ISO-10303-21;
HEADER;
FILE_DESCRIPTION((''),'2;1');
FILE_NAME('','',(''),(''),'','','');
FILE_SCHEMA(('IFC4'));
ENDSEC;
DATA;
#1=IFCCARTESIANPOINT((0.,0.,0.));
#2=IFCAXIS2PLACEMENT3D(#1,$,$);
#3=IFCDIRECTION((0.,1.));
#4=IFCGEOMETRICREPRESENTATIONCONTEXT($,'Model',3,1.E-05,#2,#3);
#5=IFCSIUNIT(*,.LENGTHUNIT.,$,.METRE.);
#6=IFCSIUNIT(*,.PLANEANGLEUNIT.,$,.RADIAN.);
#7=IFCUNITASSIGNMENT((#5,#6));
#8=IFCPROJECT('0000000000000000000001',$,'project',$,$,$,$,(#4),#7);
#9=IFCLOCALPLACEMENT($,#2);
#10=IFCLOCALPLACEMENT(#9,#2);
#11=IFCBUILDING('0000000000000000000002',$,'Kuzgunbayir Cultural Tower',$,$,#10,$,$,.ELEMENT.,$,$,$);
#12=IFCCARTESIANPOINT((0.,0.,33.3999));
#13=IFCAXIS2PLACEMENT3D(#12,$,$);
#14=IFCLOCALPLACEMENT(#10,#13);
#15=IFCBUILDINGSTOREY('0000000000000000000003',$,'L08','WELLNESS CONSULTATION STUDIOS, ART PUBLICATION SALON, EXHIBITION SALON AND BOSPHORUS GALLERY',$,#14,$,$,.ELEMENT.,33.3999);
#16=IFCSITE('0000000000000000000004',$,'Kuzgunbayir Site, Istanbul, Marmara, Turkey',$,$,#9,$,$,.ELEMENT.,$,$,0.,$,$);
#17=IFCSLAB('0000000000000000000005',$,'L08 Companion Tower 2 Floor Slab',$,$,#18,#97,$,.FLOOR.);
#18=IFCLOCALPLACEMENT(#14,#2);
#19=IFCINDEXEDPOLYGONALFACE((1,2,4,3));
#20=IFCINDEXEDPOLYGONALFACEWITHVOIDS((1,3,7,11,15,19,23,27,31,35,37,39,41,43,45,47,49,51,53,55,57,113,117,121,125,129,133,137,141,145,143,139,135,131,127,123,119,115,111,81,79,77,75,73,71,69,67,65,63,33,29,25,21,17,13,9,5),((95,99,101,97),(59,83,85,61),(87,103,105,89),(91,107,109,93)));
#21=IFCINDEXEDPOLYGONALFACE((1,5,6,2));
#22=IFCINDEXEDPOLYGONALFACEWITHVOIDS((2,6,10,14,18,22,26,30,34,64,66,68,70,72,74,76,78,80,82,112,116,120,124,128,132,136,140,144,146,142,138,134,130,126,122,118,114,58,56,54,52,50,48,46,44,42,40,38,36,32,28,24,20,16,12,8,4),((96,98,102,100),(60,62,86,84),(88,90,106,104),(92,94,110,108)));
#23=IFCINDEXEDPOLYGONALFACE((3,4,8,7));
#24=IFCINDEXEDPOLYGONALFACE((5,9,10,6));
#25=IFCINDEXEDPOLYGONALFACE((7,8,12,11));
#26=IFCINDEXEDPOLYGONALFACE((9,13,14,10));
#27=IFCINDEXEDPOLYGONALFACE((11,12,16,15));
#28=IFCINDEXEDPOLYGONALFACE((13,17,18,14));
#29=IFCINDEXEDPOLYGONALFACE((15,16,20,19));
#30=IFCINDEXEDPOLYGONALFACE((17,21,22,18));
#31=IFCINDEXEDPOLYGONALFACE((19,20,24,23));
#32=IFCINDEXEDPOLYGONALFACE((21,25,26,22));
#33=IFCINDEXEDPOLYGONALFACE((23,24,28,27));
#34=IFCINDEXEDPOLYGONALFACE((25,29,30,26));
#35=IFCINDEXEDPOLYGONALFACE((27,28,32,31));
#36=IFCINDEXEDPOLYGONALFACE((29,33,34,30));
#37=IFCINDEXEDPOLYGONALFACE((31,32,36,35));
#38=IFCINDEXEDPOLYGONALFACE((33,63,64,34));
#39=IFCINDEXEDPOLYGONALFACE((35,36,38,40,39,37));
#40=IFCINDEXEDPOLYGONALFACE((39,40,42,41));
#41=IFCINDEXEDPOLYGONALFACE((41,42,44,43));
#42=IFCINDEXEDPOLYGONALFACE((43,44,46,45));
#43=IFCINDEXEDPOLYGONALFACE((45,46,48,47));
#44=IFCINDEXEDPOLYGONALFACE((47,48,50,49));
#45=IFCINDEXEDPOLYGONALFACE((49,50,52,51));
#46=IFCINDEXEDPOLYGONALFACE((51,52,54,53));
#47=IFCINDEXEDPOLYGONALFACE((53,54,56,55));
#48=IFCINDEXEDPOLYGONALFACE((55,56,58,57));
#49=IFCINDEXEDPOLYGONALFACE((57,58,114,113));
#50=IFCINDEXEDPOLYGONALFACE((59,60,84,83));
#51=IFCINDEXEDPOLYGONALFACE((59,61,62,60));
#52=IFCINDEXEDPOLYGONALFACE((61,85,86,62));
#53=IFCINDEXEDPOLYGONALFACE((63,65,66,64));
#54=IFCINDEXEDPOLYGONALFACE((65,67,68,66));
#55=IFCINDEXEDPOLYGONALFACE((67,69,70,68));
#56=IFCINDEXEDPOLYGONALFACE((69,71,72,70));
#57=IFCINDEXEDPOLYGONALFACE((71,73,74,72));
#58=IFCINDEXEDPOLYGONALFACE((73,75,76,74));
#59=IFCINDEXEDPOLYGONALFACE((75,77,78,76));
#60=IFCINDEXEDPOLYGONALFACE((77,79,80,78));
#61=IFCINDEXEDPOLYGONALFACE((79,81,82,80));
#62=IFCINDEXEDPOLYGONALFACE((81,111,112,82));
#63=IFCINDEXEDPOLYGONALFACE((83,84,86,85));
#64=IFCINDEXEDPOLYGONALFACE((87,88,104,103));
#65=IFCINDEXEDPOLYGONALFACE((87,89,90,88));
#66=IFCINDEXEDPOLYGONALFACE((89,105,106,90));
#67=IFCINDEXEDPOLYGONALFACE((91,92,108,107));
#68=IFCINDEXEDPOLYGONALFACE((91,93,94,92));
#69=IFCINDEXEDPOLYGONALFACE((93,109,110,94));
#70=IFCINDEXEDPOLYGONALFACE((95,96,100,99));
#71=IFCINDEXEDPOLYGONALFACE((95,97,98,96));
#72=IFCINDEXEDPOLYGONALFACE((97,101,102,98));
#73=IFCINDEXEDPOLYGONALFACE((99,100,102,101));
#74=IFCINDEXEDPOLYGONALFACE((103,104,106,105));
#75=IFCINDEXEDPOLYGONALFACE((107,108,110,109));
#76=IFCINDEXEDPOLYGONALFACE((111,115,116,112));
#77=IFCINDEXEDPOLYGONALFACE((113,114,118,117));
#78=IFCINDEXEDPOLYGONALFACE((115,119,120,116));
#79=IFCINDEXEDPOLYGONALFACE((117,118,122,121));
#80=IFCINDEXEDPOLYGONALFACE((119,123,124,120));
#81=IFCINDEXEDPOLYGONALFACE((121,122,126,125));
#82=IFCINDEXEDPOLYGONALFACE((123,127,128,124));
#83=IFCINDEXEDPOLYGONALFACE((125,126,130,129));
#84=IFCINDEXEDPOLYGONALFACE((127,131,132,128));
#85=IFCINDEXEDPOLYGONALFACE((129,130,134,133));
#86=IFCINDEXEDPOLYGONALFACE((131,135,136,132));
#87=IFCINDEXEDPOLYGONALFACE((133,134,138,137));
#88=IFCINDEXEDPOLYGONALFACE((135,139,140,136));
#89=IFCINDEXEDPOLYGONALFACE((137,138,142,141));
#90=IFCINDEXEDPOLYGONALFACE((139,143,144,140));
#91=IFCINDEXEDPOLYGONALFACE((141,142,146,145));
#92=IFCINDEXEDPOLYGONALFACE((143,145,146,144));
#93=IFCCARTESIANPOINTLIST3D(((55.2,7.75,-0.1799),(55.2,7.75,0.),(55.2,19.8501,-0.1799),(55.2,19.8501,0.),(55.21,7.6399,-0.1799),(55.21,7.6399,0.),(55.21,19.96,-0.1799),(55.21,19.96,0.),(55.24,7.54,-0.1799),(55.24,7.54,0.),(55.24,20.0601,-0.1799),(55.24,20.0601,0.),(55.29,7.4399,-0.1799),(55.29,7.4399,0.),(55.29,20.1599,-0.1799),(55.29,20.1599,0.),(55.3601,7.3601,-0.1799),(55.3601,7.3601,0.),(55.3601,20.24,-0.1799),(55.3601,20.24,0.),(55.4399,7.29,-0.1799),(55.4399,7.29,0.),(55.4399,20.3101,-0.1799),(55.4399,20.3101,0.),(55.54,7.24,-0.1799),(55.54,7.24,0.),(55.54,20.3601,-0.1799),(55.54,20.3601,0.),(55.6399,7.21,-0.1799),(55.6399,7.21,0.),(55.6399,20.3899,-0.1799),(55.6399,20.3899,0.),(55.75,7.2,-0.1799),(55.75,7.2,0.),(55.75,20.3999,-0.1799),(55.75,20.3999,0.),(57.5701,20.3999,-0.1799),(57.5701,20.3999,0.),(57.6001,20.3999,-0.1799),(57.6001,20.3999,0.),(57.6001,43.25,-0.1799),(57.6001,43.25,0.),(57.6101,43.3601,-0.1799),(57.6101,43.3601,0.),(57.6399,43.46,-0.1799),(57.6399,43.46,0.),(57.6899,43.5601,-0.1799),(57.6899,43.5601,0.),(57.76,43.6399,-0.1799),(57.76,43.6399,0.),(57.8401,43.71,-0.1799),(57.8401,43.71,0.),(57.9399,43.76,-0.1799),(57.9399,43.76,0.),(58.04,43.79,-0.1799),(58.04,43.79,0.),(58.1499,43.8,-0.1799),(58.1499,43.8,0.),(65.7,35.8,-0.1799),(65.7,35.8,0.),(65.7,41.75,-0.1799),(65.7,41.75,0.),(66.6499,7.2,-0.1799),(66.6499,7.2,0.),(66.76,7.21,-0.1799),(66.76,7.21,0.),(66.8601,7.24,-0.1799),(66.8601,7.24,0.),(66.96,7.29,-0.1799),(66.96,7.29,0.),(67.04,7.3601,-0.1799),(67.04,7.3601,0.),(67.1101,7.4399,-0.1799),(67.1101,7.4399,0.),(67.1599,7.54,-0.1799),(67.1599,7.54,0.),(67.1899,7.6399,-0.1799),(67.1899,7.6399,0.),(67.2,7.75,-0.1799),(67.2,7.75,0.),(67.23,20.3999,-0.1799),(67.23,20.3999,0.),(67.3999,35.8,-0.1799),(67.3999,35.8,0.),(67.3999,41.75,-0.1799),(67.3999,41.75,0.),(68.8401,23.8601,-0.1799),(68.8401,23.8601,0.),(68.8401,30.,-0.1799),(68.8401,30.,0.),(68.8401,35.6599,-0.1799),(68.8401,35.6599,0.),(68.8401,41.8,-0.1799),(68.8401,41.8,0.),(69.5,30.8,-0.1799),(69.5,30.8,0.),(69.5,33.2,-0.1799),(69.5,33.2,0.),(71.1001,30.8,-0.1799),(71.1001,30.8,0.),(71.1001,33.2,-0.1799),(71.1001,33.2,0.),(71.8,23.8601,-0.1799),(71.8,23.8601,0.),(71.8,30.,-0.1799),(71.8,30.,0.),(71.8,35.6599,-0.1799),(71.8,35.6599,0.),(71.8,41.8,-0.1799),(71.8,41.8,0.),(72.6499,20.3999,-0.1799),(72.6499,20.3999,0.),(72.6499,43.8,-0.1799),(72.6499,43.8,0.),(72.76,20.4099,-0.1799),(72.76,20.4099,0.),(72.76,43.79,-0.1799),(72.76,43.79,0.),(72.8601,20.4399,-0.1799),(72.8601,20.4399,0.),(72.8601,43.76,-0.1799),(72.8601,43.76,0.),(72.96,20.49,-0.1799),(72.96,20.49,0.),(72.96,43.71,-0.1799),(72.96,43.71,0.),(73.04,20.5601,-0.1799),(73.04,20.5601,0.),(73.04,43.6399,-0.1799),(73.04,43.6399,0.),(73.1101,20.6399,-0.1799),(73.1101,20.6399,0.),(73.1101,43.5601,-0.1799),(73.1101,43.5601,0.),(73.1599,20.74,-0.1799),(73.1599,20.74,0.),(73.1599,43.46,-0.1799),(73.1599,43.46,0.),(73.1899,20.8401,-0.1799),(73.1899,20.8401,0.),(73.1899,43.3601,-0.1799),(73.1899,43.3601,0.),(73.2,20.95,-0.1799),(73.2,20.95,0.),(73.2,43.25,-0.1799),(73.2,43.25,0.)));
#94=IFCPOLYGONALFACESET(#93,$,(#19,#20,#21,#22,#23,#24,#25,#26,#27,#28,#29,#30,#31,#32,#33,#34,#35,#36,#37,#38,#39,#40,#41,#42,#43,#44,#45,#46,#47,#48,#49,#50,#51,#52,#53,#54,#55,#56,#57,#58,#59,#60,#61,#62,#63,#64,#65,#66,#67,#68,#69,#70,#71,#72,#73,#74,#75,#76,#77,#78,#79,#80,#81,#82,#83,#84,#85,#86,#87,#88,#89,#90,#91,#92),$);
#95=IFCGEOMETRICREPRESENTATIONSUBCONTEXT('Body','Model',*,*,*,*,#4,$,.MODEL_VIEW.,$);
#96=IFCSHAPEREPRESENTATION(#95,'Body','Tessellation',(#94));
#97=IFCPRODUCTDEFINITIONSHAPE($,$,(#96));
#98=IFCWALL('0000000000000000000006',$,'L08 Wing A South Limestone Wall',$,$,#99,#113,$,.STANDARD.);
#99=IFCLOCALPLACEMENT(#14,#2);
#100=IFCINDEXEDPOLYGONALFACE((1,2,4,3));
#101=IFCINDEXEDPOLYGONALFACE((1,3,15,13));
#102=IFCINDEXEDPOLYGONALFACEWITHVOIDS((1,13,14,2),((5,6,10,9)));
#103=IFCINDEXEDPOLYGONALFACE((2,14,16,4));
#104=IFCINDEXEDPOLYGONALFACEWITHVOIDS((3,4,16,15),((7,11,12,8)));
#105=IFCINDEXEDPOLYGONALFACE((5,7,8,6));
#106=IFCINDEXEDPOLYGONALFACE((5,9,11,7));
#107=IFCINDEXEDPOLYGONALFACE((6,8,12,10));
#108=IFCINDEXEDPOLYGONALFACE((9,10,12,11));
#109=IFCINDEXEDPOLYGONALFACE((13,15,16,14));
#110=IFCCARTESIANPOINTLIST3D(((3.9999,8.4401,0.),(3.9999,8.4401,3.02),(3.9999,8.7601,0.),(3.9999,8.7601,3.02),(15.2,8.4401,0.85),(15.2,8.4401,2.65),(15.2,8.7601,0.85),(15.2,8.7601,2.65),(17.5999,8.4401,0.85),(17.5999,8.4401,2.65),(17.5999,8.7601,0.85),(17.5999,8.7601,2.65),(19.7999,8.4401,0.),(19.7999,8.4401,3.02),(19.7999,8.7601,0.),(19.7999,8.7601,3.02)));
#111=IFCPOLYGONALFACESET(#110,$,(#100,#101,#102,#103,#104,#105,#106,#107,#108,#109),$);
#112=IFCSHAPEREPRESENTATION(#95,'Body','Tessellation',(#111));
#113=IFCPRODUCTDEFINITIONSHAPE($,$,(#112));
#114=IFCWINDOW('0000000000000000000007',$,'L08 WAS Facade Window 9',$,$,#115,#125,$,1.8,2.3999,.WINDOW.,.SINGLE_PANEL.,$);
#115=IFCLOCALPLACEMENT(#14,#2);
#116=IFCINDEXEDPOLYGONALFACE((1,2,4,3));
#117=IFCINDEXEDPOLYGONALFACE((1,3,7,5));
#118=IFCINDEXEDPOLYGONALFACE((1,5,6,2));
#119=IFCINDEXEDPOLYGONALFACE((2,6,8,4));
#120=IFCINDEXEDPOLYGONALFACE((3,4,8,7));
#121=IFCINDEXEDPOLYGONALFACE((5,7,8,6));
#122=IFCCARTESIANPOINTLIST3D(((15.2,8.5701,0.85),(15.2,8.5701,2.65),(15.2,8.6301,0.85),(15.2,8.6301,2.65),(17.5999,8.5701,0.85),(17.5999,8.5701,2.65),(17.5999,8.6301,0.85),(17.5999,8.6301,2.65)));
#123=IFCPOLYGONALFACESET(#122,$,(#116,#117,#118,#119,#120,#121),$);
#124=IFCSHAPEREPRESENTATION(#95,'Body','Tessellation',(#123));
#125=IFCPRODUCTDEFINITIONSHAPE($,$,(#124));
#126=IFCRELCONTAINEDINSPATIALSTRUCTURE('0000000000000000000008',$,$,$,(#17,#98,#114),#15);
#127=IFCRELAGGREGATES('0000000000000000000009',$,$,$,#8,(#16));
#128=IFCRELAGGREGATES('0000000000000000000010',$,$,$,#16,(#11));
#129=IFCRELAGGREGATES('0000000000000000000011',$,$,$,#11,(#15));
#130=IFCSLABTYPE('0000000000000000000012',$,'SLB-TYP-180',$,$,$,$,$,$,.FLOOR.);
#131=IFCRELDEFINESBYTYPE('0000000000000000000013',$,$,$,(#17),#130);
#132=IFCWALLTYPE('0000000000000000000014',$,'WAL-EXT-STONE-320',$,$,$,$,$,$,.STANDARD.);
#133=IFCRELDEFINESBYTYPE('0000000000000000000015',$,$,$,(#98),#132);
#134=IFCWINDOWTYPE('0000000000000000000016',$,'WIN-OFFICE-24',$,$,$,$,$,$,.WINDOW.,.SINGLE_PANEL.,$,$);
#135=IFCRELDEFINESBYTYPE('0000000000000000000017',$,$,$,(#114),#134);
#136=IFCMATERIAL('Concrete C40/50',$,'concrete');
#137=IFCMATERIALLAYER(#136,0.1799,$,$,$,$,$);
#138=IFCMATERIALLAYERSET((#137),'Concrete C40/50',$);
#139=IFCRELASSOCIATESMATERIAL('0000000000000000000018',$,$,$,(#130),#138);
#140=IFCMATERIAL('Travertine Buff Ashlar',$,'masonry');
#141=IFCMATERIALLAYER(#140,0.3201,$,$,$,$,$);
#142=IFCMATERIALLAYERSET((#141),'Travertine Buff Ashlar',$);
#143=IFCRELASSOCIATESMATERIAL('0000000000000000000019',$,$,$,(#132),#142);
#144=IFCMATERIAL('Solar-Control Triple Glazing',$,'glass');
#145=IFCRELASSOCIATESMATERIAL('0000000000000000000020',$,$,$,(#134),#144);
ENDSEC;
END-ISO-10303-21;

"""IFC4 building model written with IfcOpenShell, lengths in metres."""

from ifc_helpers import new_model, si_unit, direction, frame, frame_2d, origin, place, context, subcontext, project, spatial, polyline, rectangle, outline, extrude, material, layer, layer_set, type_object, element, fill, save


model = new_model("IFC4")

# Units and contexts
model_context = context("Model", 3, precision=1e-05, world=origin(), true_north=direction((0.0, 1.0)))
body_context = subcontext(model_context, "Body", "Model", "MODEL_VIEW")
ifc_project = project(units=[si_unit("LENGTHUNIT", "METRE"), si_unit("PLANEANGLEUNIT", "RADIAN")], contexts=[model_context])

# Site, building, storey
site_placement = place(None, origin())
site = spatial("IfcSite", under=ifc_project, at=site_placement, Name="Kuzgunbayir Site, Istanbul, Marmara, Turkey", CompositionType="ELEMENT", RefElevation=0.0)
building_placement = place(site_placement, origin())
building = spatial("IfcBuilding", under=site, at=building_placement, Name="Kuzgunbayir Cultural Tower", CompositionType="ELEMENT")
storey_placement = place(building_placement, frame((0.0, 0.0, 33.3999)))
storey = spatial("IfcBuildingStorey", under=building, at=storey_placement, Name="L08", Description="WELLNESS CONSULTATION STUDIOS, ART PUBLICATION SALON, EXHIBITION SALON AND BOSPHORUS GALLERY", CompositionType="ELEMENT", Elevation=33.3999)

# Shared definitions
ifc_material_1 = material(Name="Concrete C40/50", Category="concrete")

# Slab
ifc_layer_1 = layer(ifc_material_1, 0.1799)
ifc_layer_set_1 = layer_set([ifc_layer_1], Name="Concrete C40/50")
slab_type_1 = type_object("IfcSlabType", Name="SLB-TYP-180", PredefinedType="FLOOR", material=ifc_layer_set_1)
slab_1_placement = place(storey_placement, frame((0.0, 0.0, -0.1799)))
element("IfcSlab", 1, at=slab_1_placement, inside=storey, type_object=slab_type_1, Name="L08 Companion Tower 2 Floor Slab", PredefinedType="FLOOR", context=body_context, shape_type="SweptSolid", body=[
    extrude(outline(polyline([(57.6001, 20.3999), (57.6001, 43.25), (57.6101, 43.3601), (57.6399, 43.46), (57.6899, 43.5601), (57.76, 43.6399), (57.8401, 43.71), (57.9399, 43.76), (58.04, 43.79), (58.1499, 43.8), (72.6499, 43.8), (72.76, 43.79), (72.8601, 43.76), (72.96, 43.71), (73.04, 43.6399), (73.1101, 43.5601), (73.1599, 43.46), (73.1899, 43.3601), (73.2, 43.25), (73.2, 20.95), (73.1899, 20.8401), (73.1599, 20.74), (73.1101, 20.6399), (73.04, 20.5601), (72.96, 20.49), (72.8601, 20.4399), (72.76, 20.4099), (72.6499, 20.3999), (67.23, 20.3999), (67.2, 7.75), (67.1899, 7.6399), (67.1599, 7.54), (67.1101, 7.4399), (67.04, 7.3601), (66.96, 7.29), (66.8601, 7.24), (66.76, 7.21), (66.6499, 7.2), (55.75, 7.2), (55.6399, 7.21), (55.54, 7.24), (55.4399, 7.29), (55.3601, 7.3601), (55.29, 7.4399), (55.24, 7.54), (55.21, 7.6399), (55.2, 7.75), (55.2, 19.8501), (55.21, 19.96), (55.24, 20.0601), (55.29, 20.1599), (55.3601, 20.24), (55.4399, 20.3101), (55.54, 20.3601), (55.6399, 20.3899), (55.75, 20.3999), (57.5701, 20.3999), (57.6001, 20.3999)]), holes=[polyline([(68.8401, 23.8601), (68.8401, 30.0), (71.8, 30.0), (71.8, 23.8601), (68.8401, 23.8601)]), polyline([(68.8401, 35.6599), (68.8401, 41.8), (71.8, 41.8), (71.8, 35.6599), (68.8401, 35.6599)]), polyline([(65.7, 35.8), (65.7, 41.75), (67.3999, 41.75), (67.3999, 35.8), (65.7, 35.8)]), polyline([(69.5, 30.8), (69.5, 33.2), (71.1001, 33.2), (71.1001, 30.8), (69.5, 30.8)])]), origin(), (0.0, 0.0, 1.0), 0.1799),
])

# Wall, opening, window
ifc_material_2 = material(Name="Travertine Buff Ashlar", Category="masonry")
ifc_layer_2 = layer(ifc_material_2, 0.3201)
ifc_layer_set_2 = layer_set([ifc_layer_2], Name="Travertine Buff Ashlar")
wall_type_1 = type_object("IfcWallType", Name="WAL-EXT-STONE-320", PredefinedType="STANDARD", material=ifc_layer_set_2)
wall_1_placement = place(storey_placement, frame((4.0, 8.6001, 0.0), z_axis=(0.0, 0.0, 1.0), x_axis=(1.0, 0.0, 0.0)))
wall_1 = element("IfcWall", 2, at=wall_1_placement, inside=storey, type_object=wall_type_1, Name="L08 Wing A South Limestone Wall", PredefinedType="STANDARD", context=body_context, shape_type="SweptSolid", body=[
    extrude(rectangle(XDim=15.8, YDim=0.3201, at=frame_2d((7.8999, 0.0))), origin(), (0.0, 0.0, 1.0), 3.02),
])
opening_1_placement = place(wall_1_placement, frame((11.2, 0.0, 0.8501)))
opening_1 = element("IfcOpeningElement", 3, at=opening_1_placement, cuts=wall_1, PredefinedType="OPENING", context=body_context, shape_type="SweptSolid", body=[
    extrude(rectangle(XDim=2.3999, YDim=1.8, at=frame_2d((1.2, 0.8999))), frame((0.0, 0.1699, 0.0), z_axis=(0.0, -1.0, 0.0), x_axis=(1.0, 0.0, 0.0)), (0.0, 0.0, 1.0), 0.3401),
])
ifc_material_3 = material(Name="Solar-Control Triple Glazing", Category="glass")
window_type_1 = type_object("IfcWindowType", Name="WIN-OFFICE-24", PartitioningType="SINGLE_PANEL", PredefinedType="WINDOW", material=ifc_material_3)
window_1_placement = place(opening_1_placement, origin())
window_1 = element("IfcWindow", 4, at=window_1_placement, inside=storey, type_object=window_type_1, Name="L08 WAS Facade Window 9", OverallHeight=1.8, OverallWidth=2.3999, PartitioningType="SINGLE_PANEL", PredefinedType="WINDOW", context=body_context, shape_type="SweptSolid", body=[
    extrude(rectangle(XDim=2.3999, YDim=1.8, at=frame_2d((1.2, 0.8999))), frame((0.0, 0.03, 0.0), z_axis=(0.0, -1.0, 0.0), x_axis=(1.0, 0.0, 0.0)), (0.0, 0.0, 1.0), 0.0601),
])
fill(opening_1, window_1)

save(model, "model.ifc")
